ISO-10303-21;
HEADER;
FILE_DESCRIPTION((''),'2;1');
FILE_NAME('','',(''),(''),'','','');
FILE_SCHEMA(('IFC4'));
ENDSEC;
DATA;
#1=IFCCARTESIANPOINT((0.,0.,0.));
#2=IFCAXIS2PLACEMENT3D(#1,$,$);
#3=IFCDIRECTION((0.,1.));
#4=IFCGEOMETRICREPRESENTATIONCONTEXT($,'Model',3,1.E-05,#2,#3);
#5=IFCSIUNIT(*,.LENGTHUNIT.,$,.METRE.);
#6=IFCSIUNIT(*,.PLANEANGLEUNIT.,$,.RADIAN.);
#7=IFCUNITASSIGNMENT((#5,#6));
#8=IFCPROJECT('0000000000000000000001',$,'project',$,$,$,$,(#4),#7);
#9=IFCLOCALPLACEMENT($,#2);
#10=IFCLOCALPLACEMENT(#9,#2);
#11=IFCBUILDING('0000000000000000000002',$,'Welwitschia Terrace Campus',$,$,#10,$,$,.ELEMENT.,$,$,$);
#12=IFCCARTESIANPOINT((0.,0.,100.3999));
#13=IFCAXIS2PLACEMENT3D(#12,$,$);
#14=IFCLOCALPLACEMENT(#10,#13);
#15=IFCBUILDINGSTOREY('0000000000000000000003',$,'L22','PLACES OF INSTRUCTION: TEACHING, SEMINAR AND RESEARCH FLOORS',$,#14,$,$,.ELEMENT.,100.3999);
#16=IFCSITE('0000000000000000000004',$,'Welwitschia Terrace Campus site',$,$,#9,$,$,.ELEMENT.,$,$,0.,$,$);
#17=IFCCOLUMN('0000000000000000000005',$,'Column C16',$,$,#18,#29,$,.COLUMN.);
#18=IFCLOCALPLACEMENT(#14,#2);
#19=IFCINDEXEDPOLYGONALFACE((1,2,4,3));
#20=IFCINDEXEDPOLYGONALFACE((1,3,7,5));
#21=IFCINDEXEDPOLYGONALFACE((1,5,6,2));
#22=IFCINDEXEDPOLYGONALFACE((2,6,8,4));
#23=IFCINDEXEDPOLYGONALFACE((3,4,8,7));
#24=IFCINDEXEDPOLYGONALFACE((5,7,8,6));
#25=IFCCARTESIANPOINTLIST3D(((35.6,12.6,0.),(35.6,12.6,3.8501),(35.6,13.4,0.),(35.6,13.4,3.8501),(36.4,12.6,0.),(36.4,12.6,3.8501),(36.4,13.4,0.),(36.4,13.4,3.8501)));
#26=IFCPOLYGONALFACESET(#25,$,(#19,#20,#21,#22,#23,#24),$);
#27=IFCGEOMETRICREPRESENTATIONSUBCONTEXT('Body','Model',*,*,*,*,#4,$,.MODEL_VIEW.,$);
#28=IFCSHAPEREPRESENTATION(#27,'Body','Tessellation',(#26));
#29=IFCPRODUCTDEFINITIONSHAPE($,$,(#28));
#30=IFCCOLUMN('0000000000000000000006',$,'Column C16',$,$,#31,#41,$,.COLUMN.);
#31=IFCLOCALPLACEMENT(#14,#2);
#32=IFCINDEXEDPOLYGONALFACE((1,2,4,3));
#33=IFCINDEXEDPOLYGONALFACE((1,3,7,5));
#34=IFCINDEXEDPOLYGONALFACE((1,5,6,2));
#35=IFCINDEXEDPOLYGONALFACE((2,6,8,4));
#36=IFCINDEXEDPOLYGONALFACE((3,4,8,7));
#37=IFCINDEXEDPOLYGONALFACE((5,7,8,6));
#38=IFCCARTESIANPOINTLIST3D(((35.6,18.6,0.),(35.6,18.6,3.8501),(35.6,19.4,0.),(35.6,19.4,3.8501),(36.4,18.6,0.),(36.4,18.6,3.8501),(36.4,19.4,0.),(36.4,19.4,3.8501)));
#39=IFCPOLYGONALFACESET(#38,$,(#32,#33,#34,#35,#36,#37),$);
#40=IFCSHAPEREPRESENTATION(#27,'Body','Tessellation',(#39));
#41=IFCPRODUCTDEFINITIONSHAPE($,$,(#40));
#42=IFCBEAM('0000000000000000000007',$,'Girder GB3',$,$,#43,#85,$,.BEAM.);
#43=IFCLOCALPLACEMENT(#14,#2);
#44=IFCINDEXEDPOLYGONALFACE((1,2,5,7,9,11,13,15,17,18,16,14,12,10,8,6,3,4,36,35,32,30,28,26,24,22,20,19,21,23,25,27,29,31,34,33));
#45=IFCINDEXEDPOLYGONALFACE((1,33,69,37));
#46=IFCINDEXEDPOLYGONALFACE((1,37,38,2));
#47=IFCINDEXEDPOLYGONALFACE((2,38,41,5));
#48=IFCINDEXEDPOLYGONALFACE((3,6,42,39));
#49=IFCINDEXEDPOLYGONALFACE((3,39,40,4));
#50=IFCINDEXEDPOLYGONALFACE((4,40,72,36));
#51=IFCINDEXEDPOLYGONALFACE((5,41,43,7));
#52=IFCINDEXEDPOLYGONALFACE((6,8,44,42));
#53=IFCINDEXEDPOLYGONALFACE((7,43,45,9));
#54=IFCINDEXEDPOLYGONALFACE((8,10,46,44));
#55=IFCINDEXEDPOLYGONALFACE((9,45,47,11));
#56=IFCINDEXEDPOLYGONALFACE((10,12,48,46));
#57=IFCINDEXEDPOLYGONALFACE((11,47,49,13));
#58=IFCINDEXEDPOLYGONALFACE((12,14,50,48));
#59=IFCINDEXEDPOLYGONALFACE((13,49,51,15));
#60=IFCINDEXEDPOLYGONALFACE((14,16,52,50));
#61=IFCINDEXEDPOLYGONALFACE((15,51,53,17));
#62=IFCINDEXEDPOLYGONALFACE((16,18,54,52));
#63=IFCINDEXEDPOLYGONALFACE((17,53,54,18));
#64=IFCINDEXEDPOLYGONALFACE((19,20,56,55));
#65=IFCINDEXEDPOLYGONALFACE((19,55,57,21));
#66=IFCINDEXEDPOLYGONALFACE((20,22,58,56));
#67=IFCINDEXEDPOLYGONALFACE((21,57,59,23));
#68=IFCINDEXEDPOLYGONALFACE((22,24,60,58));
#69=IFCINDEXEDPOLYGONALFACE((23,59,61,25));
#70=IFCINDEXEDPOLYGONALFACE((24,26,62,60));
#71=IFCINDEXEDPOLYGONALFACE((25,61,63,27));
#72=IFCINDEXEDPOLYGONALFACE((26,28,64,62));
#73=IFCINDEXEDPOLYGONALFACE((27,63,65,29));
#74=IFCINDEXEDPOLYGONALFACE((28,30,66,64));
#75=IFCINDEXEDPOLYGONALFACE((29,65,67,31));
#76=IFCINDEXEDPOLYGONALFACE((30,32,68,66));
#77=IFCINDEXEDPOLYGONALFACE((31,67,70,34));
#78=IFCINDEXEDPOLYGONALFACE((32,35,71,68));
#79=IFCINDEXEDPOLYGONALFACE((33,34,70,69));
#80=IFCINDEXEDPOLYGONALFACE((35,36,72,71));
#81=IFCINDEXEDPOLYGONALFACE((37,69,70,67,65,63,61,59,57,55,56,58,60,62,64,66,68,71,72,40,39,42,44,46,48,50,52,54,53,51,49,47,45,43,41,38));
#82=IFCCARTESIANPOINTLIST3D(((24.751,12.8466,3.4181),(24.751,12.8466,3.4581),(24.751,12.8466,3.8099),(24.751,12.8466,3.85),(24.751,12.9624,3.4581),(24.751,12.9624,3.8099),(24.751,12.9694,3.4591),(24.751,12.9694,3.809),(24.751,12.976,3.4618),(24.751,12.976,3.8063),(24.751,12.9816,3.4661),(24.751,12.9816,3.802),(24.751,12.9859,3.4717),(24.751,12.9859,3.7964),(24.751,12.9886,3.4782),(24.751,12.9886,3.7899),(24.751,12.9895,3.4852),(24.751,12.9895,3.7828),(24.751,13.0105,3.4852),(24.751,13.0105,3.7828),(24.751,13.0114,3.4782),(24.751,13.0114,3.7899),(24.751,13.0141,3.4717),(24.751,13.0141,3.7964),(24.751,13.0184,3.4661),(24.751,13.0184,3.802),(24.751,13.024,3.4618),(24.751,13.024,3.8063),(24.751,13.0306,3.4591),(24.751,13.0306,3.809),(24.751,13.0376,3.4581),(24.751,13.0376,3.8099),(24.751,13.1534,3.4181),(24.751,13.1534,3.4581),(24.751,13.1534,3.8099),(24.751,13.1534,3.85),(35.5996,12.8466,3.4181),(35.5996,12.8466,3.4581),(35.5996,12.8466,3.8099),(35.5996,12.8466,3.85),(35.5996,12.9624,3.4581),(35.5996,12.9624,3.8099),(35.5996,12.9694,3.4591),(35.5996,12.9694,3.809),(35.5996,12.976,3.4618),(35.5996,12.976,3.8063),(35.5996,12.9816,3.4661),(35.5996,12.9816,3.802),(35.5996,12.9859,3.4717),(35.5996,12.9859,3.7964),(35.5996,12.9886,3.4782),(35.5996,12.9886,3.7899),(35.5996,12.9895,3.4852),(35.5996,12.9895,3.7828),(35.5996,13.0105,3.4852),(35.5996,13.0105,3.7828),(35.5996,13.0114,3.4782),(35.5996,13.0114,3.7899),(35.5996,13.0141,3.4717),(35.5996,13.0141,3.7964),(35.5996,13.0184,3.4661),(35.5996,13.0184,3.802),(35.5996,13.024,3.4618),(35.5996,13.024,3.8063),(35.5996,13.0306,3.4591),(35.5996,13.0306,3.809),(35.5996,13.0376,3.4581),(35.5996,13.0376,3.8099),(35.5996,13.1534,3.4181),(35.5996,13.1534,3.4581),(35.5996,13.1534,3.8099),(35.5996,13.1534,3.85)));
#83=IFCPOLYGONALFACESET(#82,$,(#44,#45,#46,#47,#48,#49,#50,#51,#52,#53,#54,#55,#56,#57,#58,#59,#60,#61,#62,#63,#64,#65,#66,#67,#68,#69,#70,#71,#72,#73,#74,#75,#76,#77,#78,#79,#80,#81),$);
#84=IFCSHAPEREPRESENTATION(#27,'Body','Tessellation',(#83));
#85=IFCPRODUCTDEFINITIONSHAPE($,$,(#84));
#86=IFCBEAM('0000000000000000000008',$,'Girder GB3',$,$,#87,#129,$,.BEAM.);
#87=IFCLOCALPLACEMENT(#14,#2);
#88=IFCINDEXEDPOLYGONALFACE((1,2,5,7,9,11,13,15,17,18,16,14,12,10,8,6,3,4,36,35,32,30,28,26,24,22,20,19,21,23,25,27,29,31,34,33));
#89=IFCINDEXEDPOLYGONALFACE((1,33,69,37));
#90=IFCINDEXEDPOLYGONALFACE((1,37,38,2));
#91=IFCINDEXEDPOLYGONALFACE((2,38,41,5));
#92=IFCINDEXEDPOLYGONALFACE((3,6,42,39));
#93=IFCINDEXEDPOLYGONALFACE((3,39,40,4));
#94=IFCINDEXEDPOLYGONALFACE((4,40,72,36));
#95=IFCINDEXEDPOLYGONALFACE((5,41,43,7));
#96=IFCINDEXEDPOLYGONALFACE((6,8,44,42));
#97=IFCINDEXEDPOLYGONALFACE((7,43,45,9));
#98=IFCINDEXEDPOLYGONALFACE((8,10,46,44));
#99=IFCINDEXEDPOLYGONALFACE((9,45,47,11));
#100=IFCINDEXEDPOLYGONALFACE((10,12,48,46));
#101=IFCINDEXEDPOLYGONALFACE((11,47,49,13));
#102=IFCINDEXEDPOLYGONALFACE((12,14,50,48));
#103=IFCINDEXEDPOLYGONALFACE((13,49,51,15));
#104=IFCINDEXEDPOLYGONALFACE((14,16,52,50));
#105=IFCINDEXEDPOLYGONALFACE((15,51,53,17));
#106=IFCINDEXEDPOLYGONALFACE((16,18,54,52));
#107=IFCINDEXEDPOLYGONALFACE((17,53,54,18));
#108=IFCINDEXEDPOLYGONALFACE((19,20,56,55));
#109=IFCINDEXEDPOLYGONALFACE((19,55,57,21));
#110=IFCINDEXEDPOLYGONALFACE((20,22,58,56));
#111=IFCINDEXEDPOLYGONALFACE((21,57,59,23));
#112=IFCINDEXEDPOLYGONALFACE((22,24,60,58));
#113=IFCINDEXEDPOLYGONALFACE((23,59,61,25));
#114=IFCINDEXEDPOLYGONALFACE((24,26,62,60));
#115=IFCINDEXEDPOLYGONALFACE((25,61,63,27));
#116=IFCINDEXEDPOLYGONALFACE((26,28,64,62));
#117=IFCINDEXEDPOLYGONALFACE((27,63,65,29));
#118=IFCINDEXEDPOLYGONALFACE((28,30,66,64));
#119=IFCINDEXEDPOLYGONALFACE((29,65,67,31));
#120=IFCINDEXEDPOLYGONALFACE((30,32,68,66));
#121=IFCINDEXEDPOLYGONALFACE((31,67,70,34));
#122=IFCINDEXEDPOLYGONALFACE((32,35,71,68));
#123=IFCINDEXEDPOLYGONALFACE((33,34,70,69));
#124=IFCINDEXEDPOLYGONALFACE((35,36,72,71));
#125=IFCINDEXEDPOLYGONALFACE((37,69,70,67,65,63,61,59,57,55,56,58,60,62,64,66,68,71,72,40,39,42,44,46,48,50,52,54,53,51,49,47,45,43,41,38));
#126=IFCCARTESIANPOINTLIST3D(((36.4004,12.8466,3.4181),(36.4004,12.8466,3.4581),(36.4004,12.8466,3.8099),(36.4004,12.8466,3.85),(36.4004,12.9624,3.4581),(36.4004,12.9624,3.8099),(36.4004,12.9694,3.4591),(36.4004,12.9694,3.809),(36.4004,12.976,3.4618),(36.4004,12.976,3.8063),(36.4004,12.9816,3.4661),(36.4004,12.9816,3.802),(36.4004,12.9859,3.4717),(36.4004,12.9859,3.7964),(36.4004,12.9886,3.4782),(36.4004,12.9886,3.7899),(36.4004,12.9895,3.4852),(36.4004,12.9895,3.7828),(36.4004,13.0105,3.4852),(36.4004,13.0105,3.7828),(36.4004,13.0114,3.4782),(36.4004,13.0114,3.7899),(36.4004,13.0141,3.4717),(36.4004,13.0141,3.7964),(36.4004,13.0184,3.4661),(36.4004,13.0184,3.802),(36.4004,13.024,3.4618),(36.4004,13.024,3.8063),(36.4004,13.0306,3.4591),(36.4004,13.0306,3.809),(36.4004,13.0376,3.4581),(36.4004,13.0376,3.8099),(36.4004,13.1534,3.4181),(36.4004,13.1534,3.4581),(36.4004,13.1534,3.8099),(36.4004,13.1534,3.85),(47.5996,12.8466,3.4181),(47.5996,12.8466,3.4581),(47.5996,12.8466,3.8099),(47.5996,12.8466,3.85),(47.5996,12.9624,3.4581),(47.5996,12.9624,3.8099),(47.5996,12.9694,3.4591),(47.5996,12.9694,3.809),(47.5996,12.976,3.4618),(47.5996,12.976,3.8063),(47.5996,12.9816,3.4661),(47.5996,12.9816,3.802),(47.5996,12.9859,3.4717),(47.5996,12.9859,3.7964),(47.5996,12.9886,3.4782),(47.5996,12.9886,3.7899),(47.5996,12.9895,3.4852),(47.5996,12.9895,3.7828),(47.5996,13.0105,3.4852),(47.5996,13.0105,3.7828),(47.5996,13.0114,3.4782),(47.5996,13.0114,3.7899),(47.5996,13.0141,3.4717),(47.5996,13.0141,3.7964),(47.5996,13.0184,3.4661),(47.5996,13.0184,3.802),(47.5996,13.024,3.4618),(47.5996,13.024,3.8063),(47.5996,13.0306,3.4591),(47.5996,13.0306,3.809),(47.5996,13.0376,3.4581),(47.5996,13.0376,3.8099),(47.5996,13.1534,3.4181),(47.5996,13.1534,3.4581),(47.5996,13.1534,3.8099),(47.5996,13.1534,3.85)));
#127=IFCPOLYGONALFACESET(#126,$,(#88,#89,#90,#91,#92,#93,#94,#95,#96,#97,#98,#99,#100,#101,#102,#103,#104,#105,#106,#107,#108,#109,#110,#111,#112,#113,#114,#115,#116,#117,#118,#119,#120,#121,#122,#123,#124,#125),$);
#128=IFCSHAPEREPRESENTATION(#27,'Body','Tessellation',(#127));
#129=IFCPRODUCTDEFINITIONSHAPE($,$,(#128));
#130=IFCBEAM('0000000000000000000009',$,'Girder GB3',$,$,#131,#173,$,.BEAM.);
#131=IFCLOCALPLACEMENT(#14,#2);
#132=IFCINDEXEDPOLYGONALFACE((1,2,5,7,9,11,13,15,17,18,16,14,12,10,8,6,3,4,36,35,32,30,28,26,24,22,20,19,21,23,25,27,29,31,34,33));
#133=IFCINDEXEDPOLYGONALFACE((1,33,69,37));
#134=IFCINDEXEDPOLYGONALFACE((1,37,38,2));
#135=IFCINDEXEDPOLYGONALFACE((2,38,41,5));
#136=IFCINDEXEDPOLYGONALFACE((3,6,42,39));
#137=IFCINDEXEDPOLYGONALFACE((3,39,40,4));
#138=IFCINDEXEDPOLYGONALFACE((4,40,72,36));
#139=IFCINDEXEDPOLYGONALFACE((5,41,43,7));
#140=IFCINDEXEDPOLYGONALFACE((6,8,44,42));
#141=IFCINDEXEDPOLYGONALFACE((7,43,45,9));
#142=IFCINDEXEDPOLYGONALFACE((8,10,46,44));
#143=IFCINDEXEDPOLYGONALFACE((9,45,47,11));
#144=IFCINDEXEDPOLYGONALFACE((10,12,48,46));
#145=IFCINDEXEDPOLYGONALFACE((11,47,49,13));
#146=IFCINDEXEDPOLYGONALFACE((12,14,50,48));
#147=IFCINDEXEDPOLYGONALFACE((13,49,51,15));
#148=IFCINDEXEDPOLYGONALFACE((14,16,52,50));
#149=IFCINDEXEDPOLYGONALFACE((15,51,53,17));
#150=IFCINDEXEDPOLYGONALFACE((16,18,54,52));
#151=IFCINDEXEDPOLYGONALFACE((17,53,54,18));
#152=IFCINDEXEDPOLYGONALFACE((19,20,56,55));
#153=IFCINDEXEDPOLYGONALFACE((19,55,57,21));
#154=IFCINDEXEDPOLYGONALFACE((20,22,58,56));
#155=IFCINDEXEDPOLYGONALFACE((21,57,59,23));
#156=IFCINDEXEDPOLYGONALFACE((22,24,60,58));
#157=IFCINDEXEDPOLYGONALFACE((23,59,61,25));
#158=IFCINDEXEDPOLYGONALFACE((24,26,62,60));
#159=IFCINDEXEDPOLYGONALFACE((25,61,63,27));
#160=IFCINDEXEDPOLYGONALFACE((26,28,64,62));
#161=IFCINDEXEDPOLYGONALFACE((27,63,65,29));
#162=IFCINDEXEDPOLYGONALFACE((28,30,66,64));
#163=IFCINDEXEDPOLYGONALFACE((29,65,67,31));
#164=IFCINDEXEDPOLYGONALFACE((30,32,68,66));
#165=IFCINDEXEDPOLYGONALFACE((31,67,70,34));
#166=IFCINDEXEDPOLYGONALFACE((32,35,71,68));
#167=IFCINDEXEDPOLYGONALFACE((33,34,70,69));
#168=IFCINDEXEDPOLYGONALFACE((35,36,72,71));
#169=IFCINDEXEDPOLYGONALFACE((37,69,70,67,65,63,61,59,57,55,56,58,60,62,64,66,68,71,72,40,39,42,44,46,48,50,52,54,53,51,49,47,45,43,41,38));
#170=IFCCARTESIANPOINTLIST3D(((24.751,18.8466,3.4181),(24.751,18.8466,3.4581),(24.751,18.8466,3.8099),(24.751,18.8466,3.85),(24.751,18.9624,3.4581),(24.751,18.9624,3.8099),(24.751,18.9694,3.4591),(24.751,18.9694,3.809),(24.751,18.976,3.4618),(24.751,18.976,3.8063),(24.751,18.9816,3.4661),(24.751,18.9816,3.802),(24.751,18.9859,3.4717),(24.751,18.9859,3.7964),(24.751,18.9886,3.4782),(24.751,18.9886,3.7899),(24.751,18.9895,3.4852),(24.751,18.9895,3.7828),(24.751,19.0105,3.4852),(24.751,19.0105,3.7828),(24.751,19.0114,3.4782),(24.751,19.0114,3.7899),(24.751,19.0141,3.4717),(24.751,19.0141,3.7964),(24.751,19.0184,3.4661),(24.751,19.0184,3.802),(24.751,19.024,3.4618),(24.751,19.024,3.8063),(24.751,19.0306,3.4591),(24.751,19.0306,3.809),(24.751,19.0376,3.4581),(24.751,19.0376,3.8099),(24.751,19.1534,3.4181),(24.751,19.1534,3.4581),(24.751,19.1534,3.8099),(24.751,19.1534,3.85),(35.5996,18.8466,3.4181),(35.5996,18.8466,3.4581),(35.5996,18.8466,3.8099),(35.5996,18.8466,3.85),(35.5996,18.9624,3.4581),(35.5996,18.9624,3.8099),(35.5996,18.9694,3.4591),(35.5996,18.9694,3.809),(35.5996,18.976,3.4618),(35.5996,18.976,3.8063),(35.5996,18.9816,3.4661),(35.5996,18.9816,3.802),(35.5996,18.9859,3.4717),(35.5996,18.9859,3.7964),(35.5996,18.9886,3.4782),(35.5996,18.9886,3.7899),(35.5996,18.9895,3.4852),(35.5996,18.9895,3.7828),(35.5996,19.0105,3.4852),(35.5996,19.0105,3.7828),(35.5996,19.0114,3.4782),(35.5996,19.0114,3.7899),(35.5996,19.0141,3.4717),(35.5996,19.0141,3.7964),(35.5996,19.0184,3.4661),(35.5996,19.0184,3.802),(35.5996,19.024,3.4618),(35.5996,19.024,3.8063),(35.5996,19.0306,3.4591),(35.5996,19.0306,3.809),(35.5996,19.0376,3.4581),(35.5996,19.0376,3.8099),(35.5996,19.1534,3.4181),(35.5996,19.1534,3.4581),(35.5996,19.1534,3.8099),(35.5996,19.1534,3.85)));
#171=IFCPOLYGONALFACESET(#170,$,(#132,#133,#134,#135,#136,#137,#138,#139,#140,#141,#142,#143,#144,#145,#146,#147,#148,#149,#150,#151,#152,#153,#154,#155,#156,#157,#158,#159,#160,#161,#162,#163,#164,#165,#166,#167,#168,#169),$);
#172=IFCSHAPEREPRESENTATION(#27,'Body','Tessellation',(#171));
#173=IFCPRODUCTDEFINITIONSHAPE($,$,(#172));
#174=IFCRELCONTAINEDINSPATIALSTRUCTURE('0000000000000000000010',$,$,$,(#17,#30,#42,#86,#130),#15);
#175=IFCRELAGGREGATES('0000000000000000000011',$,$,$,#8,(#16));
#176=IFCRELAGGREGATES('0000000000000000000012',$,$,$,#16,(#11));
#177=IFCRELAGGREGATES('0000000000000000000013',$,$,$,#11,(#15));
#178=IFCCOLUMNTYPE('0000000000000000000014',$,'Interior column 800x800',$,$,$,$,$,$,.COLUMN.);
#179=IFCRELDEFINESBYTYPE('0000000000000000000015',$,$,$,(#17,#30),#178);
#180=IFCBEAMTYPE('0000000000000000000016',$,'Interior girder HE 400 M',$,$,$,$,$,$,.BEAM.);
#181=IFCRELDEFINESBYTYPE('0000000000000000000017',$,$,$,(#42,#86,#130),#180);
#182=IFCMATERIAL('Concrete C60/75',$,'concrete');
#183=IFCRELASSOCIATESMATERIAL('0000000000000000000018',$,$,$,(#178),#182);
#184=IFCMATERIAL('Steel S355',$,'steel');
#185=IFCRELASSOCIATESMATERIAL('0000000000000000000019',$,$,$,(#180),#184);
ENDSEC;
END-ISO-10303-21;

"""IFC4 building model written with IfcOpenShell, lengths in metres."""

from ifc_helpers import new_model, si_unit, direction, frame, origin, origin_2d, place, context, subcontext, project, spatial, rectangle, i_section, extrude, material, material_profile, profile_set, type_object, element, save


model = new_model("IFC4")

# Units and contexts
model_context = context("Model", 3, precision=1e-05, world=origin(), true_north=direction((0.0, 1.0)))
body_context = subcontext(model_context, "Body", "Model", "MODEL_VIEW")
ifc_project = project(units=[si_unit("LENGTHUNIT", "METRE"), si_unit("PLANEANGLEUNIT", "RADIAN")], contexts=[model_context])

# Site, building, storey
site_placement = place(None, origin())
site = spatial("IfcSite", under=ifc_project, at=site_placement, Name="Welwitschia Terrace Campus site", CompositionType="ELEMENT", RefElevation=0.0)
building_placement = place(site_placement, origin())
building = spatial("IfcBuilding", under=site, at=building_placement, Name="Welwitschia Terrace Campus", CompositionType="ELEMENT")
storey_placement = place(building_placement, frame((0.0, 0.0, 100.3999)))
storey = spatial("IfcBuildingStorey", under=building, at=storey_placement, Name="L22", Description="PLACES OF INSTRUCTION: TEACHING, SEMINAR AND RESEARCH FLOORS", CompositionType="ELEMENT", Elevation=100.3999)

# Columns
ifc_material_1 = material(Name="Concrete C60/75", Category="concrete")
ifc_material_profile_1 = material_profile(ifc_material_1, rectangle(XDim=0.8, YDim=0.8, at=origin_2d()))
ifc_profile_set_1 = profile_set([ifc_material_profile_1], Name="Concrete C60/75")
column_type = type_object("IfcColumnType", Name="Interior column 800x800", PredefinedType="COLUMN", material=ifc_profile_set_1)
for number, where, z_axis, x_axis, name in (
    (1, (36.0, 13.0, 0.0), (0.0, 0.0, 1.0), (1.0, 0.0, 0.0), "Column C16"),
    (2, (36.0, 19.0, 0.0), (0.0, 0.0, 1.0), (1.0, 0.0, 0.0), "Column C16"),
):
    element("IfcColumn", number, at=place(storey_placement, frame(where, z_axis=z_axis, x_axis=x_axis)), inside=storey, type_object=column_type, Name=name, PredefinedType="COLUMN", context=body_context, shape_type="SweptSolid", body=[
        extrude(rectangle(XDim=0.8, YDim=0.8, at=origin_2d()), origin(), (0.0, 0.0, 1.0), 3.8501),
    ])

# Beams
ifc_material_2 = material(Name="Steel S355", Category="steel")
ifc_material_profile_2 = material_profile(ifc_material_2, i_section(OverallWidth=0.3069, OverallDepth=0.4319, WebThickness=0.021, FlangeThickness=0.04, FilletRadius=0.0271, at=origin_2d()))
ifc_profile_set_2 = profile_set([ifc_material_profile_2], Name="Steel S355")
beam_type = type_object("IfcBeamType", Name="Interior girder HE 400 M", PredefinedType="BEAM", material=ifc_profile_set_2)
beam_1_placement = place(storey_placement, frame((24.751, 13.0, 3.634), z_axis=(1.0, 0.0, 0.0), x_axis=(0.0, 1.0, 0.0)))
element("IfcBeam", 3, at=beam_1_placement, inside=storey, type_object=beam_type, Name="Girder GB3", PredefinedType="BEAM", context=body_context, shape_type="SweptSolid", body=[
    extrude(i_section(OverallWidth=0.3069, OverallDepth=0.4319, WebThickness=0.021, FlangeThickness=0.04, FilletRadius=0.0271, at=origin_2d()), origin(), (0.0, 0.0, 1.0), 10.8486),
])
beam_2_placement = place(storey_placement, frame((36.4004, 13.0, 3.634), z_axis=(1.0, 0.0, 0.0), x_axis=(0.0, 1.0, 0.0)))
element("IfcBeam", 4, at=beam_2_placement, inside=storey, type_object=beam_type, Name="Girder GB3", PredefinedType="BEAM", context=body_context, shape_type="SweptSolid", body=[
    extrude(i_section(OverallWidth=0.3069, OverallDepth=0.4319, WebThickness=0.021, FlangeThickness=0.04, FilletRadius=0.0271, at=origin_2d()), origin(), (0.0, 0.0, 1.0), 11.1992),
])
beam_3_placement = place(storey_placement, frame((24.751, 19.0, 3.634), z_axis=(1.0, 0.0, 0.0), x_axis=(0.0, 1.0, 0.0)))
element("IfcBeam", 5, at=beam_3_placement, inside=storey, type_object=beam_type, Name="Girder GB3", PredefinedType="BEAM", context=body_context, shape_type="SweptSolid", body=[
    extrude(i_section(OverallWidth=0.3069, OverallDepth=0.4319, WebThickness=0.021, FlangeThickness=0.04, FilletRadius=0.0271, at=origin_2d()), origin(), (0.0, 0.0, 1.0), 10.8486),
])

save(model, "model.ifc")
